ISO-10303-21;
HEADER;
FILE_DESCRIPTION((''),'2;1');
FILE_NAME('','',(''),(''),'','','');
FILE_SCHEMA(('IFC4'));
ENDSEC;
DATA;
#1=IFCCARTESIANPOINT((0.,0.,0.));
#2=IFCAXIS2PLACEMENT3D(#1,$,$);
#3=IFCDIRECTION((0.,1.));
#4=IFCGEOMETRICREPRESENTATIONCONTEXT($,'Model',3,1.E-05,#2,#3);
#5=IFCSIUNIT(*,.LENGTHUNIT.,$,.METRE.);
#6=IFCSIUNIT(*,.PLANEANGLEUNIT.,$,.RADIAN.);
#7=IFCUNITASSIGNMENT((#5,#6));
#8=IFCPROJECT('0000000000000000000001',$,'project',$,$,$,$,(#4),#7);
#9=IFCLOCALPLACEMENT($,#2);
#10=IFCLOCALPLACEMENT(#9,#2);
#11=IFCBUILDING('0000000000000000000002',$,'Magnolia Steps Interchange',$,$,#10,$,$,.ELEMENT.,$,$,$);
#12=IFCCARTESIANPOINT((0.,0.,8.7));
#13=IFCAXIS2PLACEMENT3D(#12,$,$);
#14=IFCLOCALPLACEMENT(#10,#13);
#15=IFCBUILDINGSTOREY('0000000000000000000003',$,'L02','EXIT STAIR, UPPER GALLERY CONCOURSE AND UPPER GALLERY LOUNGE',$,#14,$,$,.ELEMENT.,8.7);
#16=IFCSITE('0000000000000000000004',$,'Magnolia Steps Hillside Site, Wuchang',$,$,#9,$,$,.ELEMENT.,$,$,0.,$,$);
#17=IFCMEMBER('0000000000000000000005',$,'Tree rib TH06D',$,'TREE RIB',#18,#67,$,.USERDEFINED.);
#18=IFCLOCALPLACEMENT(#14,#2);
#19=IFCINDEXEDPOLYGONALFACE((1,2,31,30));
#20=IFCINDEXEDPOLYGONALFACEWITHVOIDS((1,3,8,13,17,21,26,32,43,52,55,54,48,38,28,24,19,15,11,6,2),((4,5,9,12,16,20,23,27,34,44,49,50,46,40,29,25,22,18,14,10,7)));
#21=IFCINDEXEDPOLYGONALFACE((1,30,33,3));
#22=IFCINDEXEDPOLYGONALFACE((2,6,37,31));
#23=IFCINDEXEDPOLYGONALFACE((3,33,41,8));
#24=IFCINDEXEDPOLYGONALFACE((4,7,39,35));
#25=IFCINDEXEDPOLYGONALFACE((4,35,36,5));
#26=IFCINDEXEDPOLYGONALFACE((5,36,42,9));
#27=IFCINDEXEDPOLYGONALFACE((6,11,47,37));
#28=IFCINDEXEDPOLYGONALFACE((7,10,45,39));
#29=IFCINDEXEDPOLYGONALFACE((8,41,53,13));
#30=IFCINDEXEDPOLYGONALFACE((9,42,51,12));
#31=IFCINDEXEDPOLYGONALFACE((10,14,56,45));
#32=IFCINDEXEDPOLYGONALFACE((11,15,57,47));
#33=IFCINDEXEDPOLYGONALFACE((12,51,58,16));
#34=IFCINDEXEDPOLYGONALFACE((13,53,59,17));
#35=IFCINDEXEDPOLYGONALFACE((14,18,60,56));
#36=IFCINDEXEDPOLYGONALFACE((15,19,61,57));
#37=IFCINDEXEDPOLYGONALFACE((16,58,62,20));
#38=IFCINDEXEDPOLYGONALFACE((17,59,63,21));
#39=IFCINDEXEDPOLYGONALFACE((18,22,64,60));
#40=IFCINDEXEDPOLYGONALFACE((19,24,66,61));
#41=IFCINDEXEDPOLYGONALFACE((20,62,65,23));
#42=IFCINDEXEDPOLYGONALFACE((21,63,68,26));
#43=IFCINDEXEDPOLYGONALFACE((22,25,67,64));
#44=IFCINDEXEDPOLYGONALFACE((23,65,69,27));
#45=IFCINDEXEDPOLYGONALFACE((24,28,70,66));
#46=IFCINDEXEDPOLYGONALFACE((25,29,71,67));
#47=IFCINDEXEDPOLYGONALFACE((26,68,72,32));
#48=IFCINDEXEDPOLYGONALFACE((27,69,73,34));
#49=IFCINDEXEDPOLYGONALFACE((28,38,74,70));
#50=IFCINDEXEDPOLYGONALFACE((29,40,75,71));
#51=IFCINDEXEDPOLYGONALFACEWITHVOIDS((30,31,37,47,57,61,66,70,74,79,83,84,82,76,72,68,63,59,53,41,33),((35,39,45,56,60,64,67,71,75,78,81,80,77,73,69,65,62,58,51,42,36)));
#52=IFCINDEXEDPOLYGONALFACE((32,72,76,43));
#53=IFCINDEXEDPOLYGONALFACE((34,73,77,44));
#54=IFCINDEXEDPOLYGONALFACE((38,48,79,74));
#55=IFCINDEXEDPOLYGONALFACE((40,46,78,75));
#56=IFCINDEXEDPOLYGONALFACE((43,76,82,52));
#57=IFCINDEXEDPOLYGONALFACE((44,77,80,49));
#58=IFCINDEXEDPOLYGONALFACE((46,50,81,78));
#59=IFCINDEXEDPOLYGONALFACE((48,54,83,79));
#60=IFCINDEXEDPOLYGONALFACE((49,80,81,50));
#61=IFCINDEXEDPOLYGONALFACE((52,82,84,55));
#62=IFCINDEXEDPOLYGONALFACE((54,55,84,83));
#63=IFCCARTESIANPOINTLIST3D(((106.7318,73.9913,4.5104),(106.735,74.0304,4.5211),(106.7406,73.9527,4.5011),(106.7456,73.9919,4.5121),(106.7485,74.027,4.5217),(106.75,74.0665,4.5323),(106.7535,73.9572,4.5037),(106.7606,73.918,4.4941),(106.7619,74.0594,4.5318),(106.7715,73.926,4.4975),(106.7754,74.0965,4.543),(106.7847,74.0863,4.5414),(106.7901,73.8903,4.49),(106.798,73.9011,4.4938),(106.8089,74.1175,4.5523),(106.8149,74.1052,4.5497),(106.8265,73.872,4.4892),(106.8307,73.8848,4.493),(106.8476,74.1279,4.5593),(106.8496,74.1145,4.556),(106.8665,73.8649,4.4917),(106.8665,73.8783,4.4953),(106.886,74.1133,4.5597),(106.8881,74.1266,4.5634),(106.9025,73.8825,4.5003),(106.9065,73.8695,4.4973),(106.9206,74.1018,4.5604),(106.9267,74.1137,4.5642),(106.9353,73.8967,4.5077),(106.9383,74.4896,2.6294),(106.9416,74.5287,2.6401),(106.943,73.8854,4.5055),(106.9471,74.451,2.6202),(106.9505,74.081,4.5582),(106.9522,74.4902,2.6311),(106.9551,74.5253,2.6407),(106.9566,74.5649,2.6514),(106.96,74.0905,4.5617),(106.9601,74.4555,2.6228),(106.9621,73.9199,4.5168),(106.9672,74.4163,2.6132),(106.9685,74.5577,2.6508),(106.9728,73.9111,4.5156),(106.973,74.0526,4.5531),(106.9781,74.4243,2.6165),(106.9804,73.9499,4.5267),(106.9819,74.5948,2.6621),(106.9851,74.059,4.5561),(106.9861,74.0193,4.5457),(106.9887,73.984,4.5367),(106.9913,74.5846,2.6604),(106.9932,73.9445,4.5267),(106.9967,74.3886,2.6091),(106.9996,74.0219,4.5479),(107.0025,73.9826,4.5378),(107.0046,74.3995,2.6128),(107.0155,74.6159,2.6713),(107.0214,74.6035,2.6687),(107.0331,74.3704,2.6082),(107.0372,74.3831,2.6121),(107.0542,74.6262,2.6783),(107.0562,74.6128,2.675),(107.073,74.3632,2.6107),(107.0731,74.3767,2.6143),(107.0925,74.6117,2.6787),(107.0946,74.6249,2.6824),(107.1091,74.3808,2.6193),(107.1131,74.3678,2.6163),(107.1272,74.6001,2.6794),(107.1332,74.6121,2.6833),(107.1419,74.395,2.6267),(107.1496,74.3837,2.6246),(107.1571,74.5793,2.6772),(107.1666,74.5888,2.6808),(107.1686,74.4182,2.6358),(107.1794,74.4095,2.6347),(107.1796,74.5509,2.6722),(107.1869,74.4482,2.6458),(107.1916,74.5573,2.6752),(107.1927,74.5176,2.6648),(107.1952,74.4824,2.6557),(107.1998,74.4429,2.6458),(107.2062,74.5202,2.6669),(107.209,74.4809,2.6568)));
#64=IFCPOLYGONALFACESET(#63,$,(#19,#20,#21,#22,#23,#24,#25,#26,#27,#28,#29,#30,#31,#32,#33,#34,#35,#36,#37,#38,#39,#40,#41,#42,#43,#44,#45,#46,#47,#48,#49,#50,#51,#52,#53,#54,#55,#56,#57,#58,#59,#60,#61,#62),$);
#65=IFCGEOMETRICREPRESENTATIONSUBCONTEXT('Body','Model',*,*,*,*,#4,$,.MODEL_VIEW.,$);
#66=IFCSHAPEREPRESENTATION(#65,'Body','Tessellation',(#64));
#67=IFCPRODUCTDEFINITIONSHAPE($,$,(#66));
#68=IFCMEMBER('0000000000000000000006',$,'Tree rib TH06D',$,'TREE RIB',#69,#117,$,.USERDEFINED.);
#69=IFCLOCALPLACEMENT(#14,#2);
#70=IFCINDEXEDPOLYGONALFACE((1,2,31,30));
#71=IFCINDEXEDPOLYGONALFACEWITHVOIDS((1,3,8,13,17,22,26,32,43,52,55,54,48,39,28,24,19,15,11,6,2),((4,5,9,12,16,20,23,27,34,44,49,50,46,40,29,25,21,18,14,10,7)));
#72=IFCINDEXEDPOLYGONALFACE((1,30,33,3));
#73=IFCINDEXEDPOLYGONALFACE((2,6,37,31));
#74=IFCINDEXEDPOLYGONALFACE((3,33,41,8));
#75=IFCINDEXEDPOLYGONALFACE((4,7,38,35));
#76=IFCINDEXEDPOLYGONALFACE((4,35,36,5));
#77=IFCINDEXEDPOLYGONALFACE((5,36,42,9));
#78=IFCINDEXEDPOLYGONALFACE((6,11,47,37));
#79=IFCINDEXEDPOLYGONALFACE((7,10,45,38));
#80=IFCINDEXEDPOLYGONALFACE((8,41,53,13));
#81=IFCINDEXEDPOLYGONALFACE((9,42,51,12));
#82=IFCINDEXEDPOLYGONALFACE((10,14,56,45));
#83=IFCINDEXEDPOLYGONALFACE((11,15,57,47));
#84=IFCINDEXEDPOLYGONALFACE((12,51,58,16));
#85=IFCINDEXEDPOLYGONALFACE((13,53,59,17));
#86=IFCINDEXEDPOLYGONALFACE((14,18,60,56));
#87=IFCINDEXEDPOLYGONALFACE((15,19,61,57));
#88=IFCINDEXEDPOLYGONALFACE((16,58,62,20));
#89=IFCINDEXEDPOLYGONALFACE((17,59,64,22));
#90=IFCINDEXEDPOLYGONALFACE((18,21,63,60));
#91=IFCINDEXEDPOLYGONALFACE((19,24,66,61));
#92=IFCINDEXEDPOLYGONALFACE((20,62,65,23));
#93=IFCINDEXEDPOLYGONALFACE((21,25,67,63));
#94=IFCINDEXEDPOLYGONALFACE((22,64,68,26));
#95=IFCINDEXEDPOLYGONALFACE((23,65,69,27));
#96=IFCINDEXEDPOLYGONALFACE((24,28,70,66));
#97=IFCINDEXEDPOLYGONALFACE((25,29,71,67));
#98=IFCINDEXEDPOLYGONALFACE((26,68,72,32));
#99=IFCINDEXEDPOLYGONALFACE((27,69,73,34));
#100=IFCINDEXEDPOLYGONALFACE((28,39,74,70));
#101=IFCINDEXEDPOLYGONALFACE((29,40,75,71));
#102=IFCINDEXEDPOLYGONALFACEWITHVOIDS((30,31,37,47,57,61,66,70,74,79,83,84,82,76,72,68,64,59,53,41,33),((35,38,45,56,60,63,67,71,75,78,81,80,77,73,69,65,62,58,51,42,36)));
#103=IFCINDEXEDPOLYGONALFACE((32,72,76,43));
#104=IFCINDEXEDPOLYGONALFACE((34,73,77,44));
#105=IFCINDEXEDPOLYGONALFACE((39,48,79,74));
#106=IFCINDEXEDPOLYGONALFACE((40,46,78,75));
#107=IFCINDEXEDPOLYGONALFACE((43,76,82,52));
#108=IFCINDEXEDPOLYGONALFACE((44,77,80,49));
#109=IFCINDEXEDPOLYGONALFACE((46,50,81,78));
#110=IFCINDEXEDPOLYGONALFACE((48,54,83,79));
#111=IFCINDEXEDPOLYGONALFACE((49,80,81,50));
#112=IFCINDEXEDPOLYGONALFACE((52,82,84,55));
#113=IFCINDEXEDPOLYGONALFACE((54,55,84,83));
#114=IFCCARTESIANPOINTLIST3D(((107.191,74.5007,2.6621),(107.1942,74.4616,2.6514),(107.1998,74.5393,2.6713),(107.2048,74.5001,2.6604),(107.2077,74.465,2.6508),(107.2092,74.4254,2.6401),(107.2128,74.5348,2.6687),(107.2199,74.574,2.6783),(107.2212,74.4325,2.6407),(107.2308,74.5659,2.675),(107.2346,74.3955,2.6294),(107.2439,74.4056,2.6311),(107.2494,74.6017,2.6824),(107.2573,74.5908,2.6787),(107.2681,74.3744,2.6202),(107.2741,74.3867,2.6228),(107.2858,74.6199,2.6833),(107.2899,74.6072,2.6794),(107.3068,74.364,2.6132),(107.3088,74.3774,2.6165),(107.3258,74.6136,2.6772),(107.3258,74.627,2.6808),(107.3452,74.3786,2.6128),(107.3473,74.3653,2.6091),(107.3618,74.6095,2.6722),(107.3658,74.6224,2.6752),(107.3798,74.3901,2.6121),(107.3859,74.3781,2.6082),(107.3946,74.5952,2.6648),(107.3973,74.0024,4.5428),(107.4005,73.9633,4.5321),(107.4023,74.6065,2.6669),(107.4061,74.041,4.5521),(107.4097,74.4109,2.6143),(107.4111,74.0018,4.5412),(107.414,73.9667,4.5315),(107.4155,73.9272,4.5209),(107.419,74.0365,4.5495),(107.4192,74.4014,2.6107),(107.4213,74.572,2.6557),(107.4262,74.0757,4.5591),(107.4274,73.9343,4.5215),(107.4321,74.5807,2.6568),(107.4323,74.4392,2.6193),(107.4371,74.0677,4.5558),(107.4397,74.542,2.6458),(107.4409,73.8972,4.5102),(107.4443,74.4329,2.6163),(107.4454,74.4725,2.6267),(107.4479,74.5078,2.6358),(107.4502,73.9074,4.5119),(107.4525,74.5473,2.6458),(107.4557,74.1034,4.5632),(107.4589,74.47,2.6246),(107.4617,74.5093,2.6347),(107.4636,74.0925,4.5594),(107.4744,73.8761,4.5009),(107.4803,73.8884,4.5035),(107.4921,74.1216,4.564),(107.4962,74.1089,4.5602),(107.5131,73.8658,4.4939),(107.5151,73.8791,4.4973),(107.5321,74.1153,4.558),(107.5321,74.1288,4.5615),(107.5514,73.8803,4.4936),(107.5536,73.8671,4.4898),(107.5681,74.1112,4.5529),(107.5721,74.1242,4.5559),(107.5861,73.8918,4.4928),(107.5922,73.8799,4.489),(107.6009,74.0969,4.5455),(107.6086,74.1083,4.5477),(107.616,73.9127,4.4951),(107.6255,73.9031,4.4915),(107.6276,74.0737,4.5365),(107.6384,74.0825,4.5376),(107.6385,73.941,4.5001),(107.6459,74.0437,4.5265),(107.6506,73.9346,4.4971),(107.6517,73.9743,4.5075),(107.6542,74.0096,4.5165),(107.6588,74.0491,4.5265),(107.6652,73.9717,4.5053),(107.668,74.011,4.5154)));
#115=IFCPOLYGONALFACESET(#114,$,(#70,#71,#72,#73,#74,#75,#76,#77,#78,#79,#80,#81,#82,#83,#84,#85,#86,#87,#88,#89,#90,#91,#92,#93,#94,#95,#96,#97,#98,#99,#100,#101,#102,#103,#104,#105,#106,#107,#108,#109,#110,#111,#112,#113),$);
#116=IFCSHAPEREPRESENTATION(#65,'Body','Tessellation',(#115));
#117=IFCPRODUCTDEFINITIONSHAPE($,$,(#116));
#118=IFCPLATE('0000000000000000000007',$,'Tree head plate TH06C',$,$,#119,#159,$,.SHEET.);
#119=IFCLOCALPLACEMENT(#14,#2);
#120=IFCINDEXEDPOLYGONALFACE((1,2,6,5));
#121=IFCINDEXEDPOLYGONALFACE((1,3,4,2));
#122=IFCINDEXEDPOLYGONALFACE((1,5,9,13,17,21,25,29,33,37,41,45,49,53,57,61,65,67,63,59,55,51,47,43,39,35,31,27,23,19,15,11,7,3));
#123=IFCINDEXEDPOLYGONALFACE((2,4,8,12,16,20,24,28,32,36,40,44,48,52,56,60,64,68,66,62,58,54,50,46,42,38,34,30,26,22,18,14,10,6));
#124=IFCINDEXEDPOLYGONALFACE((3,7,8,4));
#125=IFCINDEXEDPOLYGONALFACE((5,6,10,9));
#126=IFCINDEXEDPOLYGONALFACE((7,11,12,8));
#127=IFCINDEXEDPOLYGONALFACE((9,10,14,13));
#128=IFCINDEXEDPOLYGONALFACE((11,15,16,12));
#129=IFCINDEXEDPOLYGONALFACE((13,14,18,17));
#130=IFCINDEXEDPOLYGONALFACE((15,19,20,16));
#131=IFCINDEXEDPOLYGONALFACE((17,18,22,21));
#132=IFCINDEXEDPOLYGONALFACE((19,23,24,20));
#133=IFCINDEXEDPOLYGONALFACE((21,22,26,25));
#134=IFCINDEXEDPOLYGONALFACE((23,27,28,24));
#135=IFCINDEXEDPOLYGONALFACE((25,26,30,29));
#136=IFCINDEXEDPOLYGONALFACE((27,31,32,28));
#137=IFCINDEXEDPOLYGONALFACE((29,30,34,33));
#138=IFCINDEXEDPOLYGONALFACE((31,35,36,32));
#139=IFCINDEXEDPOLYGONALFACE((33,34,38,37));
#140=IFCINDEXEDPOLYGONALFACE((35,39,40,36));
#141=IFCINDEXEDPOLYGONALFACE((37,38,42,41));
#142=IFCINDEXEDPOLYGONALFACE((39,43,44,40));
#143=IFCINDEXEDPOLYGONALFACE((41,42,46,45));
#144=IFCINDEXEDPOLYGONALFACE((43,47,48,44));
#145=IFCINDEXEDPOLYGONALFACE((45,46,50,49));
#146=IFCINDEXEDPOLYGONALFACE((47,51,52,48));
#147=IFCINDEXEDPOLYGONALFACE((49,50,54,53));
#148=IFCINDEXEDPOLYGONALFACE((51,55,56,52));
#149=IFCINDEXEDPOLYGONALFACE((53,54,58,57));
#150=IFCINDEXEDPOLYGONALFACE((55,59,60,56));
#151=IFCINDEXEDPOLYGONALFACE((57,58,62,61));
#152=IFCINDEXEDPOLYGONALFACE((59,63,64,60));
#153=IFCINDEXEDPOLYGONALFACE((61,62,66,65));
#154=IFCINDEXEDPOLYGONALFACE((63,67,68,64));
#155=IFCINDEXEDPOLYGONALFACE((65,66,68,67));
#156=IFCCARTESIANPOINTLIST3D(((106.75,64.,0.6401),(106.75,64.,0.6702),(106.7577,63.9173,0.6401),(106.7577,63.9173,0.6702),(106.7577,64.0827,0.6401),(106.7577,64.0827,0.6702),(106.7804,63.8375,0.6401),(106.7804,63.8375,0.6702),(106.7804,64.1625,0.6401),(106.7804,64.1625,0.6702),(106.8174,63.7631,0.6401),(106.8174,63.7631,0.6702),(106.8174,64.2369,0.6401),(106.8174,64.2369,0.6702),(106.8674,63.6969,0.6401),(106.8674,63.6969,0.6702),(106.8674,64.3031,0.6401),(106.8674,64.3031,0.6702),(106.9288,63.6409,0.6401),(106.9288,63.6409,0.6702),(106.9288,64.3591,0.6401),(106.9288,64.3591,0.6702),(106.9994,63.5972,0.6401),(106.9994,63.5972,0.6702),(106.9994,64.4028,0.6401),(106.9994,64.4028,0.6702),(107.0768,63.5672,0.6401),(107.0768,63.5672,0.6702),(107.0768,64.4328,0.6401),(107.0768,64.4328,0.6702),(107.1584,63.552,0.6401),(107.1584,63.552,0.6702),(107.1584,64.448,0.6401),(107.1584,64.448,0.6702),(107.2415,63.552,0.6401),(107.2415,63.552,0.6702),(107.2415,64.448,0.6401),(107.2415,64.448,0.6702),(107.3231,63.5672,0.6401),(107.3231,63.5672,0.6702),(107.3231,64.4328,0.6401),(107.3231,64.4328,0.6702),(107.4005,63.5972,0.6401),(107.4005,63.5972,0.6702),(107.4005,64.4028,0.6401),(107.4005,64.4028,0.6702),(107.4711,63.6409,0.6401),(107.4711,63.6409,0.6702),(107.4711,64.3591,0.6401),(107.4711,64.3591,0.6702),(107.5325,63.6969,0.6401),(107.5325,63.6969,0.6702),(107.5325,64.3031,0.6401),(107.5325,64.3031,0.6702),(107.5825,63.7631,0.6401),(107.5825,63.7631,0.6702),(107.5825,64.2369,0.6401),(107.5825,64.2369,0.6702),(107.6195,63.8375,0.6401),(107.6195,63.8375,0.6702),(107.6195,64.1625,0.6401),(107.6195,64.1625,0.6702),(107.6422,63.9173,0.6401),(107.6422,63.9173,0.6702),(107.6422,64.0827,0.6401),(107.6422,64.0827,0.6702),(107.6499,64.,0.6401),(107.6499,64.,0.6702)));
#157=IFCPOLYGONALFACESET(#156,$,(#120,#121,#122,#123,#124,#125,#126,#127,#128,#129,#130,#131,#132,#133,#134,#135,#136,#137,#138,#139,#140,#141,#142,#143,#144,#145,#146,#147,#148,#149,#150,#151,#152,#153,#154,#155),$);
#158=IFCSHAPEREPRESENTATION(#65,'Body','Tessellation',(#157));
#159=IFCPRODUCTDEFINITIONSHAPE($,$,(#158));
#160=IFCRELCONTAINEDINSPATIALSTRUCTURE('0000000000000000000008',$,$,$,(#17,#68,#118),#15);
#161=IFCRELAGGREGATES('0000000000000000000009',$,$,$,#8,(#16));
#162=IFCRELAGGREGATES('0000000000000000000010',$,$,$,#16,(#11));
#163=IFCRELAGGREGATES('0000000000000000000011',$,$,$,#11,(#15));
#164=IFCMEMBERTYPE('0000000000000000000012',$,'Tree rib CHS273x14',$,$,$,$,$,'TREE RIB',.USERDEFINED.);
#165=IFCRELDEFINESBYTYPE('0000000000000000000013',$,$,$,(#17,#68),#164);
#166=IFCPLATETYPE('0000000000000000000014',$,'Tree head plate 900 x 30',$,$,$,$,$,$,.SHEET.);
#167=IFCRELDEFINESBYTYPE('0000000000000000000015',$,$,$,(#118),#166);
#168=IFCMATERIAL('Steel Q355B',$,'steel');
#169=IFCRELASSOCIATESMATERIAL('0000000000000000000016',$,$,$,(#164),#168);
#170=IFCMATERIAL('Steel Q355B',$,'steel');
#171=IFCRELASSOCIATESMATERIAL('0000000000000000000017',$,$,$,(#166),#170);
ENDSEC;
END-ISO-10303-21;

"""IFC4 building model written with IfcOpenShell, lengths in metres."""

from ifc_helpers import new_model, si_unit, direction, frame, origin, origin_2d, place, context, subcontext, project, spatial, circle, hollow_circle, extrude, material, material_profile, profile_set, type_object, element, save


model = new_model("IFC4")

# Units and contexts
model_context = context("Model", 3, precision=1e-05, world=origin(), true_north=direction((0.0, 1.0)))
body_context = subcontext(model_context, "Body", "Model", "MODEL_VIEW")
ifc_project = project(units=[si_unit("LENGTHUNIT", "METRE"), si_unit("PLANEANGLEUNIT", "RADIAN")], contexts=[model_context])

# Site, building, storey
site_placement = place(None, origin())
site = spatial("IfcSite", under=ifc_project, at=site_placement, Name="Magnolia Steps Hillside Site, Wuchang", CompositionType="ELEMENT", RefElevation=0.0)
building_placement = place(site_placement, origin())
building = spatial("IfcBuilding", under=site, at=building_placement, Name="Magnolia Steps Interchange", CompositionType="ELEMENT")
storey_placement = place(building_placement, frame((0.0, 0.0, 8.7)))
storey = spatial("IfcBuildingStorey", under=building, at=storey_placement, Name="L02", Description="EXIT STAIR, UPPER GALLERY CONCOURSE AND UPPER GALLERY LOUNGE", CompositionType="ELEMENT", Elevation=8.7)

# Members
ifc_material_1 = material(Name="Steel Q355B", Category="steel")
ifc_material_profile_1 = material_profile(ifc_material_1, hollow_circle(Radius=0.1365, WallThickness=0.0139, at=origin_2d()), Name="CHS273x14")
ifc_profile_set_1 = profile_set([ifc_material_profile_1], Name="Steel Q355B")
member_type_1 = type_object("IfcMemberType", Name="Tree rib CHS273x14", ElementType="TREE RIB", PredefinedType="USERDEFINED", material=ifc_profile_set_1)
member_1_placement = place(storey_placement, frame((107.0737, 74.4951, 2.6458), z_axis=(-0.105558, -0.254662, 0.961252), x_axis=(0.923785, -0.382911, 0.0)))
element("IfcMember", 1, at=member_1_placement, inside=storey, type_object=member_type_1, Name="Tree rib TH06D", ObjectType="TREE RIB", PredefinedType="USERDEFINED", context=body_context, shape_type="SweptSolid", body=[
    extrude(hollow_circle(Radius=0.1365, WallThickness=0.0139, at=origin_2d()), origin(), (0.0, 0.0, 1.0), 1.9568),
])
member_2_placement = place(storey_placement, frame((107.3264, 74.4951, 2.6458), z_axis=(0.105435, -0.254665, 0.961264), x_axis=(0.923945, 0.382525, 0.0)))
element("IfcMember", 2, at=member_2_placement, inside=storey, type_object=member_type_1, Name="Tree rib TH06D", ObjectType="TREE RIB", PredefinedType="USERDEFINED", context=body_context, shape_type="SweptSolid", body=[
    extrude(hollow_circle(Radius=0.1365, WallThickness=0.0139, at=origin_2d()), origin(), (0.0, 0.0, 1.0), 1.9565),
])

# Plate
ifc_material_2 = material(Name="Steel Q355B", Category="steel")
ifc_material_profile_2 = material_profile(ifc_material_2, circle(Radius=0.45, at=origin_2d()), Name="Tree head plate 900 x 30")
ifc_profile_set_2 = profile_set([ifc_material_profile_2], Name="Steel Q355B")
plate_type = type_object("IfcPlateType", Name="Tree head plate 900 x 30", PredefinedType="SHEET", material=ifc_profile_set_2)
plate_placement = place(storey_placement, frame((107.2, 64.0, 0.6401), z_axis=(0.0, 0.0, 1.0), x_axis=(1.0, 0.0, 0.0)))
element("IfcPlate", 3, at=plate_placement, inside=storey, type_object=plate_type, Name="Tree head plate TH06C", PredefinedType="SHEET", context=body_context, shape_type="SweptSolid", body=[
    extrude(circle(Radius=0.45, at=origin_2d()), origin(), (0.0, 0.0, 1.0), 0.03),
])

save(model, "model.ifc")
